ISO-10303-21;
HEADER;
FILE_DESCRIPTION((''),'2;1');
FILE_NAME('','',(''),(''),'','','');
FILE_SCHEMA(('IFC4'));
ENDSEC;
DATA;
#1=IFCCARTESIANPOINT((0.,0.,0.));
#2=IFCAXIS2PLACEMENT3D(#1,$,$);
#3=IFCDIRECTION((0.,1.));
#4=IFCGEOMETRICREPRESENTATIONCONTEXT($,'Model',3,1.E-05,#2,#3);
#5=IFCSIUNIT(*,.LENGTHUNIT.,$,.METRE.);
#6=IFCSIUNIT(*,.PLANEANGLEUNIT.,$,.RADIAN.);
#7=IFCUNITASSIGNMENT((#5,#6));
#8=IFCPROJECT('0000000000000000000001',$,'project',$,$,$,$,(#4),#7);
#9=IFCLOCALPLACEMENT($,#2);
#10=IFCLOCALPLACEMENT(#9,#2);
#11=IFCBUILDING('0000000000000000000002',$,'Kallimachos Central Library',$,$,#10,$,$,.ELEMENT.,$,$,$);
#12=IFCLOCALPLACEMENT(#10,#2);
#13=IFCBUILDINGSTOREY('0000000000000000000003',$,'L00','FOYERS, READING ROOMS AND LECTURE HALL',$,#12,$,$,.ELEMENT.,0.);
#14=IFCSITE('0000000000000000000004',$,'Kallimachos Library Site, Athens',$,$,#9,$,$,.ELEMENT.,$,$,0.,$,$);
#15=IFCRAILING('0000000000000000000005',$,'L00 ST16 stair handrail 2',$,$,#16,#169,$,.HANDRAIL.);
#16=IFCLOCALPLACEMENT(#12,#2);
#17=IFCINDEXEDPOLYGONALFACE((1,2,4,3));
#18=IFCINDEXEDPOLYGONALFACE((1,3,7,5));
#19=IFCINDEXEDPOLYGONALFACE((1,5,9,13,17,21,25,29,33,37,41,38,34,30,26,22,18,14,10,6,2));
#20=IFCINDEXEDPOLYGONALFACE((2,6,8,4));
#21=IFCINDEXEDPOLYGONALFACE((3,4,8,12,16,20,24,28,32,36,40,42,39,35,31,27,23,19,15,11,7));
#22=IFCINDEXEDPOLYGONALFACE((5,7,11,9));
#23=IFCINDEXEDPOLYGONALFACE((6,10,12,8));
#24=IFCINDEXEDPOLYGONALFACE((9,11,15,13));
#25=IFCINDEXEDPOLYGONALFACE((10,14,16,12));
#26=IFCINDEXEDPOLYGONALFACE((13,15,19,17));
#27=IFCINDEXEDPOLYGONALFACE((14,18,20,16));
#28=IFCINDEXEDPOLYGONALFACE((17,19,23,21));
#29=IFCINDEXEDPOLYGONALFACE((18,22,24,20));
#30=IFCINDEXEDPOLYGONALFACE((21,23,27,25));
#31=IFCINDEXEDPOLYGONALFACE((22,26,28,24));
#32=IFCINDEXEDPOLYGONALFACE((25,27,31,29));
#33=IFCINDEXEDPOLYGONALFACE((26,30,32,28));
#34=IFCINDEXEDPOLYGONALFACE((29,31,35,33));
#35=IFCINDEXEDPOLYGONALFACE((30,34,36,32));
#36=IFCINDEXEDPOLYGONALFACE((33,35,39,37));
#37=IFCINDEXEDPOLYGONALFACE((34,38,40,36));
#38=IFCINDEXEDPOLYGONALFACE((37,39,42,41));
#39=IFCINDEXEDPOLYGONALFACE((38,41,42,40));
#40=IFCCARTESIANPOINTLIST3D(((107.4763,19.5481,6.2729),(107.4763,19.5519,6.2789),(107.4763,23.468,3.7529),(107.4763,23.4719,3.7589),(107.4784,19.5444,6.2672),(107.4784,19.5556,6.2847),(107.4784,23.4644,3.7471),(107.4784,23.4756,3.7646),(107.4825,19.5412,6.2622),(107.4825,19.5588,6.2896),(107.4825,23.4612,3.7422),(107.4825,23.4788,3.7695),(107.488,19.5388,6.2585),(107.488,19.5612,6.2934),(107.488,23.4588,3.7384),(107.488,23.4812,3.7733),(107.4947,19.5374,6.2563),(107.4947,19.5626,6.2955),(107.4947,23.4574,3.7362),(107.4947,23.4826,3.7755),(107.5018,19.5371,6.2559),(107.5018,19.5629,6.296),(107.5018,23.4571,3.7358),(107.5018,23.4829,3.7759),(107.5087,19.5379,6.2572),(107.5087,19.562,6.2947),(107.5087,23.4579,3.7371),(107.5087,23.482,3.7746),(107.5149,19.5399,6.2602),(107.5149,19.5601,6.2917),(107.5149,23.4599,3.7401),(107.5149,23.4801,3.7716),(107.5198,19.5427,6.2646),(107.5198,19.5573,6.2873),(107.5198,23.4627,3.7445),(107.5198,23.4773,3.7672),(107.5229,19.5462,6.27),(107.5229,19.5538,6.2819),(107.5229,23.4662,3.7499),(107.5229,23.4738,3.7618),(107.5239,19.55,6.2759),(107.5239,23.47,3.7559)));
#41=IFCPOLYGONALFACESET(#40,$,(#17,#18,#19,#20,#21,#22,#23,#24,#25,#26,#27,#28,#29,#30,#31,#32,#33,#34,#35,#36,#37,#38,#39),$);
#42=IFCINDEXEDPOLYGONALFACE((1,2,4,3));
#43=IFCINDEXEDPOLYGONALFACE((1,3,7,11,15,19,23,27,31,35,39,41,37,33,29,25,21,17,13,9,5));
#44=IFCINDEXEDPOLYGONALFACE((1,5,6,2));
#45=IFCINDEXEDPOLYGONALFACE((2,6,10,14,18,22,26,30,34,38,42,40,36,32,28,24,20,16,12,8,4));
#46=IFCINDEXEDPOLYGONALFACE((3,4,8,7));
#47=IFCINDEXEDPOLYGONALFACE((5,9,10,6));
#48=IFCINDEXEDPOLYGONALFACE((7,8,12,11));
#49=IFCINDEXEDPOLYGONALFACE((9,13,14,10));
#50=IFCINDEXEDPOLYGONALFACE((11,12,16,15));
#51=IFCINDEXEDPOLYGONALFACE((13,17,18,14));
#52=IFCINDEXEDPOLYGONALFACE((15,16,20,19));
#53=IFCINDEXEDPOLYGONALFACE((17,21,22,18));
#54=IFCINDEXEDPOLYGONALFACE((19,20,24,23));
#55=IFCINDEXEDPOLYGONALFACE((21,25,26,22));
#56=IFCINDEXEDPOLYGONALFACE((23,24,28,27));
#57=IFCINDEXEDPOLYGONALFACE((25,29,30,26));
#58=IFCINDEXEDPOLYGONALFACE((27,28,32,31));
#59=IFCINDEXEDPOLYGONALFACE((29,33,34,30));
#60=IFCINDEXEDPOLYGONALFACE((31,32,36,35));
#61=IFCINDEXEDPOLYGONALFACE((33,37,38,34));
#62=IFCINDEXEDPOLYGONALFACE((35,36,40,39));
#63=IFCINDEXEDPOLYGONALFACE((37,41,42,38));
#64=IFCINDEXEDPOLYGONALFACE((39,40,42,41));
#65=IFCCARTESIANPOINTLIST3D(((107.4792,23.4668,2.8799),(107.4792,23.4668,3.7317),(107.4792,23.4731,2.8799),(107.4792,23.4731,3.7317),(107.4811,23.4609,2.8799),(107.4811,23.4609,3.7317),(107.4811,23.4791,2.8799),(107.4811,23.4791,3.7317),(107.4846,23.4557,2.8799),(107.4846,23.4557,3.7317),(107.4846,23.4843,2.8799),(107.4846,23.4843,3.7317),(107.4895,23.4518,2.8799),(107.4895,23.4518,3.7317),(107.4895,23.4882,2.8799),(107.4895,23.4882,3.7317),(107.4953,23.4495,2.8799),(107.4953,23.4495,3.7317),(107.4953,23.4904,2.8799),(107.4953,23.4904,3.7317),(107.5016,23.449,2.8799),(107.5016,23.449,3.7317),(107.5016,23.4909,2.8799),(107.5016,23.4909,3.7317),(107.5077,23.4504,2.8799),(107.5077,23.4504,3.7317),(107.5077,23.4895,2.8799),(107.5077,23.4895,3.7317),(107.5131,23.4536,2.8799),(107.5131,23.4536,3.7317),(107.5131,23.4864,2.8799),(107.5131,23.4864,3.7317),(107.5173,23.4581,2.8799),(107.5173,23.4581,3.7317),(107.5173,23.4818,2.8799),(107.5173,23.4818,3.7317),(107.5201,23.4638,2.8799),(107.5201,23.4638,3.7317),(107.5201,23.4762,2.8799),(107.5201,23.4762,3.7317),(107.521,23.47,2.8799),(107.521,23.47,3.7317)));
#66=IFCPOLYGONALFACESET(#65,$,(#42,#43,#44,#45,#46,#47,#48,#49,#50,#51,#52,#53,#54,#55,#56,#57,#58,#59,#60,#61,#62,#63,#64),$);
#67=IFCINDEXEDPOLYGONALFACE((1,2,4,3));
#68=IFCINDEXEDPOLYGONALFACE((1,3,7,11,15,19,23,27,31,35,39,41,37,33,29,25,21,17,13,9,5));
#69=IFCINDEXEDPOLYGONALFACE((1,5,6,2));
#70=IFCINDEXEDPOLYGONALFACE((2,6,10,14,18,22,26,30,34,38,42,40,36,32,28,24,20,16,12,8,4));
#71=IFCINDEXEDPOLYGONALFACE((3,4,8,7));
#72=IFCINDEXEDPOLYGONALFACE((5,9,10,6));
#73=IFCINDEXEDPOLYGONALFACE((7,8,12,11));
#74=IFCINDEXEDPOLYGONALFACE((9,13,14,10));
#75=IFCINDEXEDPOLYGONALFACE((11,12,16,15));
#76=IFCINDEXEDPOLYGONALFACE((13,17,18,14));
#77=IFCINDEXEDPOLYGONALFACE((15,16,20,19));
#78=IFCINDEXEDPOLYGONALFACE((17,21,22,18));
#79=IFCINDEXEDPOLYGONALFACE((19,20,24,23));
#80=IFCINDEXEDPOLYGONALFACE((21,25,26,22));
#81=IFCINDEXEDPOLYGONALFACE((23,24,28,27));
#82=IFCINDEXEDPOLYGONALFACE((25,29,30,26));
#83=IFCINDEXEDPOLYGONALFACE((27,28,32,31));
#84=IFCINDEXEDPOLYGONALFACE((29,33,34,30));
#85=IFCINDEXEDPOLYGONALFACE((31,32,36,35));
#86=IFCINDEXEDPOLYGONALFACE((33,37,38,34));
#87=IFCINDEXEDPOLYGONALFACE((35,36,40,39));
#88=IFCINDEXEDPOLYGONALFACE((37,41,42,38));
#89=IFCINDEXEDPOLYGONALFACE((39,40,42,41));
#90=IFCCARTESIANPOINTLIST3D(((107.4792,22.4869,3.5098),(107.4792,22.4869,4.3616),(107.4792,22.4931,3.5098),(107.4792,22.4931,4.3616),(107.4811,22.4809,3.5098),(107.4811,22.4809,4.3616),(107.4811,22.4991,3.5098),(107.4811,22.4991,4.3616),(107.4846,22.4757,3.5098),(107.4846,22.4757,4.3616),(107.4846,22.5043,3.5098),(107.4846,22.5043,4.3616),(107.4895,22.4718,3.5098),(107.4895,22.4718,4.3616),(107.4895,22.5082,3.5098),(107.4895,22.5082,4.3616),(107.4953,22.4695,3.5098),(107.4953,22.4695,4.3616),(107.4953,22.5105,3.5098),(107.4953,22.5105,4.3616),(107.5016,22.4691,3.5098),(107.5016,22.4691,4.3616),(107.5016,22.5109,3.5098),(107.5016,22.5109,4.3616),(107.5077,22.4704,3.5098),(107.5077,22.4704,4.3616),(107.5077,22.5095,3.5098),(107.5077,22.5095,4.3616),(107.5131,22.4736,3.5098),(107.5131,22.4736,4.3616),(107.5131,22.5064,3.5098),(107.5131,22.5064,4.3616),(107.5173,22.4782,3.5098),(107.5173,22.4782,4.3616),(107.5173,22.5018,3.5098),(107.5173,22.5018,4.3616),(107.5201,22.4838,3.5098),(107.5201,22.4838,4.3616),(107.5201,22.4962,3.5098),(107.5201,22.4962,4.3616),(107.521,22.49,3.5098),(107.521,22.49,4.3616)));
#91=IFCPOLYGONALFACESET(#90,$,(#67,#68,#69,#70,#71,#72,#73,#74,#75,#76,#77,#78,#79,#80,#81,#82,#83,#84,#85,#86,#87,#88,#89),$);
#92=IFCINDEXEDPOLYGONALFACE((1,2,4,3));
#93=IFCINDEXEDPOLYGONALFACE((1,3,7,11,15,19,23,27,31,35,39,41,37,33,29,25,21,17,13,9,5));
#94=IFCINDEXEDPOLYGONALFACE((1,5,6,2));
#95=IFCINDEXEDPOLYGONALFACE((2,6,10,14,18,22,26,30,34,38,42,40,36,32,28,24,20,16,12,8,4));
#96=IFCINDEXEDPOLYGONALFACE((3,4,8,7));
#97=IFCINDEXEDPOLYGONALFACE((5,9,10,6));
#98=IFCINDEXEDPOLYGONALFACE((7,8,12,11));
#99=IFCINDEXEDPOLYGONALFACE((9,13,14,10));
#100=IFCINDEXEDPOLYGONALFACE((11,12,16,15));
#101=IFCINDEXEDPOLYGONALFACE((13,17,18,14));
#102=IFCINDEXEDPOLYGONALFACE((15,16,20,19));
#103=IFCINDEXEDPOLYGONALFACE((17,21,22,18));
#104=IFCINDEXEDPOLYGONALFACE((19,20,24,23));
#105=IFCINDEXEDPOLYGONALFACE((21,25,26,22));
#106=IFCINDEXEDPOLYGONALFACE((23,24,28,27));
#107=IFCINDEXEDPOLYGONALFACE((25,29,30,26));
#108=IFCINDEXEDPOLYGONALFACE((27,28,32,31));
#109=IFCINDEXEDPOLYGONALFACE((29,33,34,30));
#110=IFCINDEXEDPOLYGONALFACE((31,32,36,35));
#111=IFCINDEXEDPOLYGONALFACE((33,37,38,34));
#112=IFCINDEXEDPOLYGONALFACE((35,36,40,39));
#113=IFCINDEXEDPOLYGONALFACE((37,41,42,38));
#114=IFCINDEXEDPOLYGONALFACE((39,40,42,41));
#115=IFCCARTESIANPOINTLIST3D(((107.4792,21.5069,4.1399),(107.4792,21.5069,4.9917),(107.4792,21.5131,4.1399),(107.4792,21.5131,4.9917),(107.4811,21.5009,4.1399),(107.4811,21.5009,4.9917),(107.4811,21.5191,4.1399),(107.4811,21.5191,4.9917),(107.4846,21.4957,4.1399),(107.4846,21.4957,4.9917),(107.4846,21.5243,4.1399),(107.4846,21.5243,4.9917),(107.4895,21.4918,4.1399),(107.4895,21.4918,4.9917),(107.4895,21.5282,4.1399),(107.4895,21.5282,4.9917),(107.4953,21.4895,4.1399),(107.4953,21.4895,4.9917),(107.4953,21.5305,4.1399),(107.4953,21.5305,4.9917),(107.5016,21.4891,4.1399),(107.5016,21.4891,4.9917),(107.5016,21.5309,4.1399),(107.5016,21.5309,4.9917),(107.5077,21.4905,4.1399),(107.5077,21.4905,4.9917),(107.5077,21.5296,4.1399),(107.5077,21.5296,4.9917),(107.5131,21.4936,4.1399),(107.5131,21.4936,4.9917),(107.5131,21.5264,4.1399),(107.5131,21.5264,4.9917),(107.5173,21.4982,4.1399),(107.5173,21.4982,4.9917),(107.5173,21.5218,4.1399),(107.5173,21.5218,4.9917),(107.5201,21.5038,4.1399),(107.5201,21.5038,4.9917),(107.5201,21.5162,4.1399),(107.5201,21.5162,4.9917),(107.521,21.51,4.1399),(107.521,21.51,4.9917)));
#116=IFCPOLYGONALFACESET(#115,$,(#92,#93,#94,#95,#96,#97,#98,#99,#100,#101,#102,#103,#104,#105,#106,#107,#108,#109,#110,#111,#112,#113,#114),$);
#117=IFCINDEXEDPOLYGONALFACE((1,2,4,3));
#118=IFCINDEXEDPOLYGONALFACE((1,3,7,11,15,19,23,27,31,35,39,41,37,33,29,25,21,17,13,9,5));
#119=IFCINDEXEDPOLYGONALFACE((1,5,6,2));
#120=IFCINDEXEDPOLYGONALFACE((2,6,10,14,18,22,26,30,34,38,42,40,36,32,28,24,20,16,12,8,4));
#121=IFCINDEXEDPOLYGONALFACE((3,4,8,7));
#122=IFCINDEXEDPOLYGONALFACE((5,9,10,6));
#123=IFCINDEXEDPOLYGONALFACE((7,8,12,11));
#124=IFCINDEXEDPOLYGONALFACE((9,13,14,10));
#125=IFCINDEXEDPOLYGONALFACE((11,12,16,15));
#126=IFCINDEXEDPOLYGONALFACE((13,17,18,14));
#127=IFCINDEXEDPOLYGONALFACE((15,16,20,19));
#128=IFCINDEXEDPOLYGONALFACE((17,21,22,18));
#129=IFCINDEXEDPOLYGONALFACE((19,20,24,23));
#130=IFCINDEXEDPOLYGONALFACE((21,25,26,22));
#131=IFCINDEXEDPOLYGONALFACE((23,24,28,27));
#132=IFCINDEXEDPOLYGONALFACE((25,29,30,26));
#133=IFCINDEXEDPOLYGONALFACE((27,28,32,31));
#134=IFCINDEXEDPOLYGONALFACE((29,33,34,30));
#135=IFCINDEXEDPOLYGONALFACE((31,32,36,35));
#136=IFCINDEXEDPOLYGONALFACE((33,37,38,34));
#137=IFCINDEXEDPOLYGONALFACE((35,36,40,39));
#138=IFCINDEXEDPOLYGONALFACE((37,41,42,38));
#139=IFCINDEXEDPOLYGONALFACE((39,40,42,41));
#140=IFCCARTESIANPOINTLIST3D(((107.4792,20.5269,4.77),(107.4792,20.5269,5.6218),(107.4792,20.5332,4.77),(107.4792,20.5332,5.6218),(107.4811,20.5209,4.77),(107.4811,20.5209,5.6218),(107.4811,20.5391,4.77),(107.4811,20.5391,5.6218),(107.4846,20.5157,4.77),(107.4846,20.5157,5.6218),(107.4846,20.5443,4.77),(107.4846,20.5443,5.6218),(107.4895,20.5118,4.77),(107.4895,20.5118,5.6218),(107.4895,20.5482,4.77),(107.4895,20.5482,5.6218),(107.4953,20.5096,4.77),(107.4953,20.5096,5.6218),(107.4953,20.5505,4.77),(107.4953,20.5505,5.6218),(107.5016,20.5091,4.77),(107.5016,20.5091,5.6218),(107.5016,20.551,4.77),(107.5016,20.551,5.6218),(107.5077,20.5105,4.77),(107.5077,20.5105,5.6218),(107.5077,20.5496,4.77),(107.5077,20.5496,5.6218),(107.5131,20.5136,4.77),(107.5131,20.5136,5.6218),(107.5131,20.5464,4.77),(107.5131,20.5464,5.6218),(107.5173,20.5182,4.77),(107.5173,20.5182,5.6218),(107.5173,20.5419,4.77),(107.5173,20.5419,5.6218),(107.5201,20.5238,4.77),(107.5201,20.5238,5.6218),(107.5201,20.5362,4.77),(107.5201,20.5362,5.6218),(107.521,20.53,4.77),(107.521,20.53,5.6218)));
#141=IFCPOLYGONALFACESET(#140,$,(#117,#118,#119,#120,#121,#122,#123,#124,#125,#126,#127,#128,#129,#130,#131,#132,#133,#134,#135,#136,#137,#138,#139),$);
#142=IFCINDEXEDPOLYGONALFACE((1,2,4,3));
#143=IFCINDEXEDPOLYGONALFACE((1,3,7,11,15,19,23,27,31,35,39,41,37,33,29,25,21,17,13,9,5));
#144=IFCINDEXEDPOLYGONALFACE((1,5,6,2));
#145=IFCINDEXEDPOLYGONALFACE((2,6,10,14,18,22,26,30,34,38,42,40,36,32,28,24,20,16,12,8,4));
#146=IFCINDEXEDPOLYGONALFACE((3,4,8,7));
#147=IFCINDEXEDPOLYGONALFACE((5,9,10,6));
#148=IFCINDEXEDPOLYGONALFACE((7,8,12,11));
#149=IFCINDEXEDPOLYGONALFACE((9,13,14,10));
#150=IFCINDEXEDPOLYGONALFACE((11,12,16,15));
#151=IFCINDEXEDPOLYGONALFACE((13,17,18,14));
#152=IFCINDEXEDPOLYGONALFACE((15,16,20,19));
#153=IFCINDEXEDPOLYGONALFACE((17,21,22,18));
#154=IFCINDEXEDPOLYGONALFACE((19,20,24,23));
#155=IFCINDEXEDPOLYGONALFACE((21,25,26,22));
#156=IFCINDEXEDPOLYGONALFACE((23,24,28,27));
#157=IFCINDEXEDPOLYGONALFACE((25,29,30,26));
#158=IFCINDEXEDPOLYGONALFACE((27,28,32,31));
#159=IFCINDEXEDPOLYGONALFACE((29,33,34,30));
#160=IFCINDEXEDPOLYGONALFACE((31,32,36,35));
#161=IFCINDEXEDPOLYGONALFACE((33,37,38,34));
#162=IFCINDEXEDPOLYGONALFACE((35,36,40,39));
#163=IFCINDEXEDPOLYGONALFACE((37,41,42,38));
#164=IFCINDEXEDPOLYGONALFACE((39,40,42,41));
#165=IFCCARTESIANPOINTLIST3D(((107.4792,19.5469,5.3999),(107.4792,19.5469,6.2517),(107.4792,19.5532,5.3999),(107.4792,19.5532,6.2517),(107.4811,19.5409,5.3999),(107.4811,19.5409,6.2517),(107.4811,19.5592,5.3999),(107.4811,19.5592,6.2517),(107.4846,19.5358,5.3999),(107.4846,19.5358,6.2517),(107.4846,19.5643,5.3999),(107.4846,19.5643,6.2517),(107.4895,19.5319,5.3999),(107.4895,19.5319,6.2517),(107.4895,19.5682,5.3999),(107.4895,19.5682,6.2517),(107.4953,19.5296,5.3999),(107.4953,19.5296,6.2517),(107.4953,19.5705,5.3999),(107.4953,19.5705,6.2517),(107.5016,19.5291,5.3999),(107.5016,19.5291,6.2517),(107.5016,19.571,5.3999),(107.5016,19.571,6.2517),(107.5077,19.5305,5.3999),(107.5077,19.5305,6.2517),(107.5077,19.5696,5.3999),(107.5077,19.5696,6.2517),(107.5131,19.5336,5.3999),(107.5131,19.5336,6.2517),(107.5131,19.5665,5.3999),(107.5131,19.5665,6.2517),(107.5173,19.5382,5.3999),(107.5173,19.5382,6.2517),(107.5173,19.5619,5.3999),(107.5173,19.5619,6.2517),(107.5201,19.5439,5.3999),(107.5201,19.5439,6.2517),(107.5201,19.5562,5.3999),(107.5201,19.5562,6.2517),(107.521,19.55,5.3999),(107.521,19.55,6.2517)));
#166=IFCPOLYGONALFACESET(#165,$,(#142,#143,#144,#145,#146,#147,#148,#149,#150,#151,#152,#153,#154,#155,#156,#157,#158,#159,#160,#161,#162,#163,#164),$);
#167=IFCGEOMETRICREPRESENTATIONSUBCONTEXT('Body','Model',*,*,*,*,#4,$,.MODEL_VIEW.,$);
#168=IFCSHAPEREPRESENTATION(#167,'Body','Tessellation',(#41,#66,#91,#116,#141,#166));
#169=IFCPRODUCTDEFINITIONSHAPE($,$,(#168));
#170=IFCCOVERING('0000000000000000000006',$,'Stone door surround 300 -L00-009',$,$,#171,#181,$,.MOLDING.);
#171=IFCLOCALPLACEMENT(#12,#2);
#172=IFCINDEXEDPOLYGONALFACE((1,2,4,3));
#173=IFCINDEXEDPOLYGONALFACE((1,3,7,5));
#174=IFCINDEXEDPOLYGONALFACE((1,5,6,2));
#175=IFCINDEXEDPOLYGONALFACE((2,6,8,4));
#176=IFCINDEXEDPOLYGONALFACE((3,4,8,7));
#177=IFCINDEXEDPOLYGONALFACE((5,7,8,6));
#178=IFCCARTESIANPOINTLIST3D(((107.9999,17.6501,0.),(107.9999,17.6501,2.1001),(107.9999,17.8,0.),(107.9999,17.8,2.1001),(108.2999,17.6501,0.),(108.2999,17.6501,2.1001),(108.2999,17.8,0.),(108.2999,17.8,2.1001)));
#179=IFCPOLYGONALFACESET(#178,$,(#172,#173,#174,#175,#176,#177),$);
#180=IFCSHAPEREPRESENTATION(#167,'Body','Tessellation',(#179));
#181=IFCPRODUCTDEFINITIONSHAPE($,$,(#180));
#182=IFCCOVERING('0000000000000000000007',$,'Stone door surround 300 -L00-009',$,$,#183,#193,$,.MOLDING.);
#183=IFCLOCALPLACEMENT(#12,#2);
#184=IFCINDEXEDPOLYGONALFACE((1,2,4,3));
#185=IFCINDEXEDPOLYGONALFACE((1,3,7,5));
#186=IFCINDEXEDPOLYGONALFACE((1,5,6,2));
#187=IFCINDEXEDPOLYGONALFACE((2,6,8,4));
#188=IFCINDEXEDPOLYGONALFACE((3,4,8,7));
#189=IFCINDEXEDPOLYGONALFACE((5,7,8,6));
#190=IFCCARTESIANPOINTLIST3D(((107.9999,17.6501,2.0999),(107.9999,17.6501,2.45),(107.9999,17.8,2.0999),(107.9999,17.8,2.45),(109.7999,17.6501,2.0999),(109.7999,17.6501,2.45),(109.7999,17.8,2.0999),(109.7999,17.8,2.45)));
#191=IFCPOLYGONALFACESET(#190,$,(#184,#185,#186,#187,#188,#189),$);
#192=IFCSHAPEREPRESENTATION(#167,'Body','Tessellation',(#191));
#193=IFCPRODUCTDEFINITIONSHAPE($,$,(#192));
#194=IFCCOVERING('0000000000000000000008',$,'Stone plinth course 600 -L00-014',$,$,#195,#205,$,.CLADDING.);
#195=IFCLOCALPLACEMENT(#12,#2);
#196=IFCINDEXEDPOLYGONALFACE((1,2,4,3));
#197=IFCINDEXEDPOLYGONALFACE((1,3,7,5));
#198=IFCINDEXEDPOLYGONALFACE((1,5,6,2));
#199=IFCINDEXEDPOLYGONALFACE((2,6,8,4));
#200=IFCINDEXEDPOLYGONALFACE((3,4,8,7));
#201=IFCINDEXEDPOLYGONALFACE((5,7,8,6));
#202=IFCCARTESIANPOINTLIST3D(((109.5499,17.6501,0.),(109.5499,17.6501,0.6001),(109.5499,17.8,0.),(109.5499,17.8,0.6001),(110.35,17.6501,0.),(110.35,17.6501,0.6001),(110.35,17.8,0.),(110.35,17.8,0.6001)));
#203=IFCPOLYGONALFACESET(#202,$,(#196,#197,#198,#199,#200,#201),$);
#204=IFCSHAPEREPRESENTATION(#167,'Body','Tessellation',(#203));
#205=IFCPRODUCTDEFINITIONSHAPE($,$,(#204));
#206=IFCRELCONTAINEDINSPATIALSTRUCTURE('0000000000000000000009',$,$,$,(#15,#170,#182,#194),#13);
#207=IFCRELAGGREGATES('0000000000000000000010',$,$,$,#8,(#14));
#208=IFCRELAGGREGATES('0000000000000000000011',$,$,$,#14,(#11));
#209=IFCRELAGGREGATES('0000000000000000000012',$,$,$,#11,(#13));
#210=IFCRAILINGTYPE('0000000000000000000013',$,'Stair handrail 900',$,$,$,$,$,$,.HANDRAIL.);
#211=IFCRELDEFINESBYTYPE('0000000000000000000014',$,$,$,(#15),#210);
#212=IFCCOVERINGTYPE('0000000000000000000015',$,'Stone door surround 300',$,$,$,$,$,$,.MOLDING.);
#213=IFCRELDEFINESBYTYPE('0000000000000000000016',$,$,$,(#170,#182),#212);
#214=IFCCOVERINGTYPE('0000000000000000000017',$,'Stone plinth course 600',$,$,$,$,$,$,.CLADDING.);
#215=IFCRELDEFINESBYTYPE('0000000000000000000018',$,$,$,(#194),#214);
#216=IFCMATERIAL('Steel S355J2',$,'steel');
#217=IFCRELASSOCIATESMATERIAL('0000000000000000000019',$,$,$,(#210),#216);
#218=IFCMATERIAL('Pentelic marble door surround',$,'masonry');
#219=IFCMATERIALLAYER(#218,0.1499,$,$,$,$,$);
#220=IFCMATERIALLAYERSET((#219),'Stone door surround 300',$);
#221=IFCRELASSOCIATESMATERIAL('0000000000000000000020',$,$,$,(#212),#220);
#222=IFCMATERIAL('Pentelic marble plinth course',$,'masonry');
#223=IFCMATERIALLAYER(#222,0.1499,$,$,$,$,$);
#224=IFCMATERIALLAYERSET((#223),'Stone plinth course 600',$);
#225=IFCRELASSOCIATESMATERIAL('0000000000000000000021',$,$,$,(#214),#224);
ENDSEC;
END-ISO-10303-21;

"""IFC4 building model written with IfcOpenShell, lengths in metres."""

from ifc_helpers import new_model, si_unit, direction, frame, origin, origin_2d, place, context, subcontext, project, spatial, rectangle, circle, extrude, material, layer, layer_set, type_object, element, save


model = new_model("IFC4")

# Units and contexts
model_context = context("Model", 3, precision=1e-05, world=origin(), true_north=direction((0.0, 1.0)))
body_context = subcontext(model_context, "Body", "Model", "MODEL_VIEW")
ifc_project = project(units=[si_unit("LENGTHUNIT", "METRE"), si_unit("PLANEANGLEUNIT", "RADIAN")], contexts=[model_context])

# Site, building, storey
site_placement = place(None, origin())
site = spatial("IfcSite", under=ifc_project, at=site_placement, Name="Kallimachos Library Site, Athens", CompositionType="ELEMENT", RefElevation=0.0)
building_placement = place(site_placement, origin())
building = spatial("IfcBuilding", under=site, at=building_placement, Name="Kallimachos Central Library", CompositionType="ELEMENT")
storey_placement = place(building_placement, origin())
storey = spatial("IfcBuildingStorey", under=building, at=storey_placement, Name="L00", Description="FOYERS, READING ROOMS AND LECTURE HALL", CompositionType="ELEMENT", Elevation=0.0)

# Railing
ifc_material_1 = material(Name="Steel S355J2", Category="steel")
railing_type_1 = type_object("IfcRailingType", Name="Stair handrail 900", PredefinedType="HANDRAIL", material=ifc_material_1)
railing_1_placement = place(storey_placement, frame((107.5, 23.47, 2.8799)))
element("IfcRailing", 1, at=railing_1_placement, inside=storey, type_object=railing_type_1, Name="L00 ST16 stair handrail 2", PredefinedType="HANDRAIL", context=body_context, shape_type="SweptSolid", body=[
    extrude(circle(Radius=0.0239, at=origin_2d()), frame((0.0, 0.0, 0.876), z_axis=(0.0, -0.841172, 0.540768), x_axis=(1.0, 0.0, 0.0)), (0.0, 0.0, 1.0), 4.6602),
    extrude(circle(Radius=0.021, at=origin_2d()), origin(), (0.0, 0.0, 1.0), 0.8518),
    extrude(circle(Radius=0.021, at=origin_2d()), frame((0.0, -0.98, 0.6299)), (0.0, 0.0, 1.0), 0.8518),
    extrude(circle(Radius=0.021, at=origin_2d()), frame((0.0, -1.96, 1.26)), (0.0, 0.0, 1.0), 0.8518),
    extrude(circle(Radius=0.021, at=origin_2d()), frame((0.0, -2.9399, 1.8901)), (0.0, 0.0, 1.0), 0.8518),
    extrude(circle(Radius=0.021, at=origin_2d()), frame((0.0, -3.9199, 2.52)), (0.0, 0.0, 1.0), 0.8518),
])

# Coverings
ifc_material_2 = material(Name="Pentelic marble door surround", Category="masonry")
ifc_layer_1 = layer(ifc_material_2, 0.1499)
ifc_layer_set_1 = layer_set([ifc_layer_1], Name="Stone door surround 300")
covering_type_1 = type_object("IfcCoveringType", Name="Stone door surround 300", PredefinedType="MOLDING", material=ifc_layer_set_1)
covering_1_placement = place(storey_placement, frame((108.1499, 17.7251, 0.0), z_axis=(0.0, 0.0, 1.0), x_axis=(1.0, 0.0, 0.0)))
element("IfcCovering", 2, at=covering_1_placement, inside=storey, type_object=covering_type_1, Name="Stone door surround 300 -L00-009", PredefinedType="MOLDING", context=body_context, shape_type="SweptSolid", body=[
    extrude(rectangle(XDim=0.3, YDim=0.1499, at=origin_2d()), origin(), (0.0, 0.0, 1.0), 2.1001),
])
covering_2_placement = place(storey_placement, frame((108.8999, 17.7251, 2.0999), z_axis=(0.0, 0.0, 1.0), x_axis=(1.0, 0.0, 0.0)))
element("IfcCovering", 3, at=covering_2_placement, inside=storey, type_object=covering_type_1, Name="Stone door surround 300 -L00-009", PredefinedType="MOLDING", context=body_context, shape_type="SweptSolid", body=[
    extrude(rectangle(XDim=1.8, YDim=0.1499, at=origin_2d()), origin(), (0.0, 0.0, 1.0), 0.3501),
])
ifc_material_3 = material(Name="Pentelic marble plinth course", Category="masonry")
ifc_layer_2 = layer(ifc_material_3, 0.1499)
ifc_layer_set_2 = layer_set([ifc_layer_2], Name="Stone plinth course 600")
covering_type_2 = type_object("IfcCoveringType", Name="Stone plinth course 600", PredefinedType="CLADDING", material=ifc_layer_set_2)
covering_3_placement = place(storey_placement, frame((109.95, 17.7251, 0.0), z_axis=(0.0, 0.0, 1.0), x_axis=(1.0, 0.0, 0.0)))
element("IfcCovering", 4, at=covering_3_placement, inside=storey, type_object=covering_type_2, Name="Stone plinth course 600 -L00-014", PredefinedType="CLADDING", context=body_context, shape_type="SweptSolid", body=[
    extrude(rectangle(XDim=0.8, YDim=0.1499, at=origin_2d()), origin(), (0.0, 0.0, 1.0), 0.6001),
])

save(model, "model.ifc")
